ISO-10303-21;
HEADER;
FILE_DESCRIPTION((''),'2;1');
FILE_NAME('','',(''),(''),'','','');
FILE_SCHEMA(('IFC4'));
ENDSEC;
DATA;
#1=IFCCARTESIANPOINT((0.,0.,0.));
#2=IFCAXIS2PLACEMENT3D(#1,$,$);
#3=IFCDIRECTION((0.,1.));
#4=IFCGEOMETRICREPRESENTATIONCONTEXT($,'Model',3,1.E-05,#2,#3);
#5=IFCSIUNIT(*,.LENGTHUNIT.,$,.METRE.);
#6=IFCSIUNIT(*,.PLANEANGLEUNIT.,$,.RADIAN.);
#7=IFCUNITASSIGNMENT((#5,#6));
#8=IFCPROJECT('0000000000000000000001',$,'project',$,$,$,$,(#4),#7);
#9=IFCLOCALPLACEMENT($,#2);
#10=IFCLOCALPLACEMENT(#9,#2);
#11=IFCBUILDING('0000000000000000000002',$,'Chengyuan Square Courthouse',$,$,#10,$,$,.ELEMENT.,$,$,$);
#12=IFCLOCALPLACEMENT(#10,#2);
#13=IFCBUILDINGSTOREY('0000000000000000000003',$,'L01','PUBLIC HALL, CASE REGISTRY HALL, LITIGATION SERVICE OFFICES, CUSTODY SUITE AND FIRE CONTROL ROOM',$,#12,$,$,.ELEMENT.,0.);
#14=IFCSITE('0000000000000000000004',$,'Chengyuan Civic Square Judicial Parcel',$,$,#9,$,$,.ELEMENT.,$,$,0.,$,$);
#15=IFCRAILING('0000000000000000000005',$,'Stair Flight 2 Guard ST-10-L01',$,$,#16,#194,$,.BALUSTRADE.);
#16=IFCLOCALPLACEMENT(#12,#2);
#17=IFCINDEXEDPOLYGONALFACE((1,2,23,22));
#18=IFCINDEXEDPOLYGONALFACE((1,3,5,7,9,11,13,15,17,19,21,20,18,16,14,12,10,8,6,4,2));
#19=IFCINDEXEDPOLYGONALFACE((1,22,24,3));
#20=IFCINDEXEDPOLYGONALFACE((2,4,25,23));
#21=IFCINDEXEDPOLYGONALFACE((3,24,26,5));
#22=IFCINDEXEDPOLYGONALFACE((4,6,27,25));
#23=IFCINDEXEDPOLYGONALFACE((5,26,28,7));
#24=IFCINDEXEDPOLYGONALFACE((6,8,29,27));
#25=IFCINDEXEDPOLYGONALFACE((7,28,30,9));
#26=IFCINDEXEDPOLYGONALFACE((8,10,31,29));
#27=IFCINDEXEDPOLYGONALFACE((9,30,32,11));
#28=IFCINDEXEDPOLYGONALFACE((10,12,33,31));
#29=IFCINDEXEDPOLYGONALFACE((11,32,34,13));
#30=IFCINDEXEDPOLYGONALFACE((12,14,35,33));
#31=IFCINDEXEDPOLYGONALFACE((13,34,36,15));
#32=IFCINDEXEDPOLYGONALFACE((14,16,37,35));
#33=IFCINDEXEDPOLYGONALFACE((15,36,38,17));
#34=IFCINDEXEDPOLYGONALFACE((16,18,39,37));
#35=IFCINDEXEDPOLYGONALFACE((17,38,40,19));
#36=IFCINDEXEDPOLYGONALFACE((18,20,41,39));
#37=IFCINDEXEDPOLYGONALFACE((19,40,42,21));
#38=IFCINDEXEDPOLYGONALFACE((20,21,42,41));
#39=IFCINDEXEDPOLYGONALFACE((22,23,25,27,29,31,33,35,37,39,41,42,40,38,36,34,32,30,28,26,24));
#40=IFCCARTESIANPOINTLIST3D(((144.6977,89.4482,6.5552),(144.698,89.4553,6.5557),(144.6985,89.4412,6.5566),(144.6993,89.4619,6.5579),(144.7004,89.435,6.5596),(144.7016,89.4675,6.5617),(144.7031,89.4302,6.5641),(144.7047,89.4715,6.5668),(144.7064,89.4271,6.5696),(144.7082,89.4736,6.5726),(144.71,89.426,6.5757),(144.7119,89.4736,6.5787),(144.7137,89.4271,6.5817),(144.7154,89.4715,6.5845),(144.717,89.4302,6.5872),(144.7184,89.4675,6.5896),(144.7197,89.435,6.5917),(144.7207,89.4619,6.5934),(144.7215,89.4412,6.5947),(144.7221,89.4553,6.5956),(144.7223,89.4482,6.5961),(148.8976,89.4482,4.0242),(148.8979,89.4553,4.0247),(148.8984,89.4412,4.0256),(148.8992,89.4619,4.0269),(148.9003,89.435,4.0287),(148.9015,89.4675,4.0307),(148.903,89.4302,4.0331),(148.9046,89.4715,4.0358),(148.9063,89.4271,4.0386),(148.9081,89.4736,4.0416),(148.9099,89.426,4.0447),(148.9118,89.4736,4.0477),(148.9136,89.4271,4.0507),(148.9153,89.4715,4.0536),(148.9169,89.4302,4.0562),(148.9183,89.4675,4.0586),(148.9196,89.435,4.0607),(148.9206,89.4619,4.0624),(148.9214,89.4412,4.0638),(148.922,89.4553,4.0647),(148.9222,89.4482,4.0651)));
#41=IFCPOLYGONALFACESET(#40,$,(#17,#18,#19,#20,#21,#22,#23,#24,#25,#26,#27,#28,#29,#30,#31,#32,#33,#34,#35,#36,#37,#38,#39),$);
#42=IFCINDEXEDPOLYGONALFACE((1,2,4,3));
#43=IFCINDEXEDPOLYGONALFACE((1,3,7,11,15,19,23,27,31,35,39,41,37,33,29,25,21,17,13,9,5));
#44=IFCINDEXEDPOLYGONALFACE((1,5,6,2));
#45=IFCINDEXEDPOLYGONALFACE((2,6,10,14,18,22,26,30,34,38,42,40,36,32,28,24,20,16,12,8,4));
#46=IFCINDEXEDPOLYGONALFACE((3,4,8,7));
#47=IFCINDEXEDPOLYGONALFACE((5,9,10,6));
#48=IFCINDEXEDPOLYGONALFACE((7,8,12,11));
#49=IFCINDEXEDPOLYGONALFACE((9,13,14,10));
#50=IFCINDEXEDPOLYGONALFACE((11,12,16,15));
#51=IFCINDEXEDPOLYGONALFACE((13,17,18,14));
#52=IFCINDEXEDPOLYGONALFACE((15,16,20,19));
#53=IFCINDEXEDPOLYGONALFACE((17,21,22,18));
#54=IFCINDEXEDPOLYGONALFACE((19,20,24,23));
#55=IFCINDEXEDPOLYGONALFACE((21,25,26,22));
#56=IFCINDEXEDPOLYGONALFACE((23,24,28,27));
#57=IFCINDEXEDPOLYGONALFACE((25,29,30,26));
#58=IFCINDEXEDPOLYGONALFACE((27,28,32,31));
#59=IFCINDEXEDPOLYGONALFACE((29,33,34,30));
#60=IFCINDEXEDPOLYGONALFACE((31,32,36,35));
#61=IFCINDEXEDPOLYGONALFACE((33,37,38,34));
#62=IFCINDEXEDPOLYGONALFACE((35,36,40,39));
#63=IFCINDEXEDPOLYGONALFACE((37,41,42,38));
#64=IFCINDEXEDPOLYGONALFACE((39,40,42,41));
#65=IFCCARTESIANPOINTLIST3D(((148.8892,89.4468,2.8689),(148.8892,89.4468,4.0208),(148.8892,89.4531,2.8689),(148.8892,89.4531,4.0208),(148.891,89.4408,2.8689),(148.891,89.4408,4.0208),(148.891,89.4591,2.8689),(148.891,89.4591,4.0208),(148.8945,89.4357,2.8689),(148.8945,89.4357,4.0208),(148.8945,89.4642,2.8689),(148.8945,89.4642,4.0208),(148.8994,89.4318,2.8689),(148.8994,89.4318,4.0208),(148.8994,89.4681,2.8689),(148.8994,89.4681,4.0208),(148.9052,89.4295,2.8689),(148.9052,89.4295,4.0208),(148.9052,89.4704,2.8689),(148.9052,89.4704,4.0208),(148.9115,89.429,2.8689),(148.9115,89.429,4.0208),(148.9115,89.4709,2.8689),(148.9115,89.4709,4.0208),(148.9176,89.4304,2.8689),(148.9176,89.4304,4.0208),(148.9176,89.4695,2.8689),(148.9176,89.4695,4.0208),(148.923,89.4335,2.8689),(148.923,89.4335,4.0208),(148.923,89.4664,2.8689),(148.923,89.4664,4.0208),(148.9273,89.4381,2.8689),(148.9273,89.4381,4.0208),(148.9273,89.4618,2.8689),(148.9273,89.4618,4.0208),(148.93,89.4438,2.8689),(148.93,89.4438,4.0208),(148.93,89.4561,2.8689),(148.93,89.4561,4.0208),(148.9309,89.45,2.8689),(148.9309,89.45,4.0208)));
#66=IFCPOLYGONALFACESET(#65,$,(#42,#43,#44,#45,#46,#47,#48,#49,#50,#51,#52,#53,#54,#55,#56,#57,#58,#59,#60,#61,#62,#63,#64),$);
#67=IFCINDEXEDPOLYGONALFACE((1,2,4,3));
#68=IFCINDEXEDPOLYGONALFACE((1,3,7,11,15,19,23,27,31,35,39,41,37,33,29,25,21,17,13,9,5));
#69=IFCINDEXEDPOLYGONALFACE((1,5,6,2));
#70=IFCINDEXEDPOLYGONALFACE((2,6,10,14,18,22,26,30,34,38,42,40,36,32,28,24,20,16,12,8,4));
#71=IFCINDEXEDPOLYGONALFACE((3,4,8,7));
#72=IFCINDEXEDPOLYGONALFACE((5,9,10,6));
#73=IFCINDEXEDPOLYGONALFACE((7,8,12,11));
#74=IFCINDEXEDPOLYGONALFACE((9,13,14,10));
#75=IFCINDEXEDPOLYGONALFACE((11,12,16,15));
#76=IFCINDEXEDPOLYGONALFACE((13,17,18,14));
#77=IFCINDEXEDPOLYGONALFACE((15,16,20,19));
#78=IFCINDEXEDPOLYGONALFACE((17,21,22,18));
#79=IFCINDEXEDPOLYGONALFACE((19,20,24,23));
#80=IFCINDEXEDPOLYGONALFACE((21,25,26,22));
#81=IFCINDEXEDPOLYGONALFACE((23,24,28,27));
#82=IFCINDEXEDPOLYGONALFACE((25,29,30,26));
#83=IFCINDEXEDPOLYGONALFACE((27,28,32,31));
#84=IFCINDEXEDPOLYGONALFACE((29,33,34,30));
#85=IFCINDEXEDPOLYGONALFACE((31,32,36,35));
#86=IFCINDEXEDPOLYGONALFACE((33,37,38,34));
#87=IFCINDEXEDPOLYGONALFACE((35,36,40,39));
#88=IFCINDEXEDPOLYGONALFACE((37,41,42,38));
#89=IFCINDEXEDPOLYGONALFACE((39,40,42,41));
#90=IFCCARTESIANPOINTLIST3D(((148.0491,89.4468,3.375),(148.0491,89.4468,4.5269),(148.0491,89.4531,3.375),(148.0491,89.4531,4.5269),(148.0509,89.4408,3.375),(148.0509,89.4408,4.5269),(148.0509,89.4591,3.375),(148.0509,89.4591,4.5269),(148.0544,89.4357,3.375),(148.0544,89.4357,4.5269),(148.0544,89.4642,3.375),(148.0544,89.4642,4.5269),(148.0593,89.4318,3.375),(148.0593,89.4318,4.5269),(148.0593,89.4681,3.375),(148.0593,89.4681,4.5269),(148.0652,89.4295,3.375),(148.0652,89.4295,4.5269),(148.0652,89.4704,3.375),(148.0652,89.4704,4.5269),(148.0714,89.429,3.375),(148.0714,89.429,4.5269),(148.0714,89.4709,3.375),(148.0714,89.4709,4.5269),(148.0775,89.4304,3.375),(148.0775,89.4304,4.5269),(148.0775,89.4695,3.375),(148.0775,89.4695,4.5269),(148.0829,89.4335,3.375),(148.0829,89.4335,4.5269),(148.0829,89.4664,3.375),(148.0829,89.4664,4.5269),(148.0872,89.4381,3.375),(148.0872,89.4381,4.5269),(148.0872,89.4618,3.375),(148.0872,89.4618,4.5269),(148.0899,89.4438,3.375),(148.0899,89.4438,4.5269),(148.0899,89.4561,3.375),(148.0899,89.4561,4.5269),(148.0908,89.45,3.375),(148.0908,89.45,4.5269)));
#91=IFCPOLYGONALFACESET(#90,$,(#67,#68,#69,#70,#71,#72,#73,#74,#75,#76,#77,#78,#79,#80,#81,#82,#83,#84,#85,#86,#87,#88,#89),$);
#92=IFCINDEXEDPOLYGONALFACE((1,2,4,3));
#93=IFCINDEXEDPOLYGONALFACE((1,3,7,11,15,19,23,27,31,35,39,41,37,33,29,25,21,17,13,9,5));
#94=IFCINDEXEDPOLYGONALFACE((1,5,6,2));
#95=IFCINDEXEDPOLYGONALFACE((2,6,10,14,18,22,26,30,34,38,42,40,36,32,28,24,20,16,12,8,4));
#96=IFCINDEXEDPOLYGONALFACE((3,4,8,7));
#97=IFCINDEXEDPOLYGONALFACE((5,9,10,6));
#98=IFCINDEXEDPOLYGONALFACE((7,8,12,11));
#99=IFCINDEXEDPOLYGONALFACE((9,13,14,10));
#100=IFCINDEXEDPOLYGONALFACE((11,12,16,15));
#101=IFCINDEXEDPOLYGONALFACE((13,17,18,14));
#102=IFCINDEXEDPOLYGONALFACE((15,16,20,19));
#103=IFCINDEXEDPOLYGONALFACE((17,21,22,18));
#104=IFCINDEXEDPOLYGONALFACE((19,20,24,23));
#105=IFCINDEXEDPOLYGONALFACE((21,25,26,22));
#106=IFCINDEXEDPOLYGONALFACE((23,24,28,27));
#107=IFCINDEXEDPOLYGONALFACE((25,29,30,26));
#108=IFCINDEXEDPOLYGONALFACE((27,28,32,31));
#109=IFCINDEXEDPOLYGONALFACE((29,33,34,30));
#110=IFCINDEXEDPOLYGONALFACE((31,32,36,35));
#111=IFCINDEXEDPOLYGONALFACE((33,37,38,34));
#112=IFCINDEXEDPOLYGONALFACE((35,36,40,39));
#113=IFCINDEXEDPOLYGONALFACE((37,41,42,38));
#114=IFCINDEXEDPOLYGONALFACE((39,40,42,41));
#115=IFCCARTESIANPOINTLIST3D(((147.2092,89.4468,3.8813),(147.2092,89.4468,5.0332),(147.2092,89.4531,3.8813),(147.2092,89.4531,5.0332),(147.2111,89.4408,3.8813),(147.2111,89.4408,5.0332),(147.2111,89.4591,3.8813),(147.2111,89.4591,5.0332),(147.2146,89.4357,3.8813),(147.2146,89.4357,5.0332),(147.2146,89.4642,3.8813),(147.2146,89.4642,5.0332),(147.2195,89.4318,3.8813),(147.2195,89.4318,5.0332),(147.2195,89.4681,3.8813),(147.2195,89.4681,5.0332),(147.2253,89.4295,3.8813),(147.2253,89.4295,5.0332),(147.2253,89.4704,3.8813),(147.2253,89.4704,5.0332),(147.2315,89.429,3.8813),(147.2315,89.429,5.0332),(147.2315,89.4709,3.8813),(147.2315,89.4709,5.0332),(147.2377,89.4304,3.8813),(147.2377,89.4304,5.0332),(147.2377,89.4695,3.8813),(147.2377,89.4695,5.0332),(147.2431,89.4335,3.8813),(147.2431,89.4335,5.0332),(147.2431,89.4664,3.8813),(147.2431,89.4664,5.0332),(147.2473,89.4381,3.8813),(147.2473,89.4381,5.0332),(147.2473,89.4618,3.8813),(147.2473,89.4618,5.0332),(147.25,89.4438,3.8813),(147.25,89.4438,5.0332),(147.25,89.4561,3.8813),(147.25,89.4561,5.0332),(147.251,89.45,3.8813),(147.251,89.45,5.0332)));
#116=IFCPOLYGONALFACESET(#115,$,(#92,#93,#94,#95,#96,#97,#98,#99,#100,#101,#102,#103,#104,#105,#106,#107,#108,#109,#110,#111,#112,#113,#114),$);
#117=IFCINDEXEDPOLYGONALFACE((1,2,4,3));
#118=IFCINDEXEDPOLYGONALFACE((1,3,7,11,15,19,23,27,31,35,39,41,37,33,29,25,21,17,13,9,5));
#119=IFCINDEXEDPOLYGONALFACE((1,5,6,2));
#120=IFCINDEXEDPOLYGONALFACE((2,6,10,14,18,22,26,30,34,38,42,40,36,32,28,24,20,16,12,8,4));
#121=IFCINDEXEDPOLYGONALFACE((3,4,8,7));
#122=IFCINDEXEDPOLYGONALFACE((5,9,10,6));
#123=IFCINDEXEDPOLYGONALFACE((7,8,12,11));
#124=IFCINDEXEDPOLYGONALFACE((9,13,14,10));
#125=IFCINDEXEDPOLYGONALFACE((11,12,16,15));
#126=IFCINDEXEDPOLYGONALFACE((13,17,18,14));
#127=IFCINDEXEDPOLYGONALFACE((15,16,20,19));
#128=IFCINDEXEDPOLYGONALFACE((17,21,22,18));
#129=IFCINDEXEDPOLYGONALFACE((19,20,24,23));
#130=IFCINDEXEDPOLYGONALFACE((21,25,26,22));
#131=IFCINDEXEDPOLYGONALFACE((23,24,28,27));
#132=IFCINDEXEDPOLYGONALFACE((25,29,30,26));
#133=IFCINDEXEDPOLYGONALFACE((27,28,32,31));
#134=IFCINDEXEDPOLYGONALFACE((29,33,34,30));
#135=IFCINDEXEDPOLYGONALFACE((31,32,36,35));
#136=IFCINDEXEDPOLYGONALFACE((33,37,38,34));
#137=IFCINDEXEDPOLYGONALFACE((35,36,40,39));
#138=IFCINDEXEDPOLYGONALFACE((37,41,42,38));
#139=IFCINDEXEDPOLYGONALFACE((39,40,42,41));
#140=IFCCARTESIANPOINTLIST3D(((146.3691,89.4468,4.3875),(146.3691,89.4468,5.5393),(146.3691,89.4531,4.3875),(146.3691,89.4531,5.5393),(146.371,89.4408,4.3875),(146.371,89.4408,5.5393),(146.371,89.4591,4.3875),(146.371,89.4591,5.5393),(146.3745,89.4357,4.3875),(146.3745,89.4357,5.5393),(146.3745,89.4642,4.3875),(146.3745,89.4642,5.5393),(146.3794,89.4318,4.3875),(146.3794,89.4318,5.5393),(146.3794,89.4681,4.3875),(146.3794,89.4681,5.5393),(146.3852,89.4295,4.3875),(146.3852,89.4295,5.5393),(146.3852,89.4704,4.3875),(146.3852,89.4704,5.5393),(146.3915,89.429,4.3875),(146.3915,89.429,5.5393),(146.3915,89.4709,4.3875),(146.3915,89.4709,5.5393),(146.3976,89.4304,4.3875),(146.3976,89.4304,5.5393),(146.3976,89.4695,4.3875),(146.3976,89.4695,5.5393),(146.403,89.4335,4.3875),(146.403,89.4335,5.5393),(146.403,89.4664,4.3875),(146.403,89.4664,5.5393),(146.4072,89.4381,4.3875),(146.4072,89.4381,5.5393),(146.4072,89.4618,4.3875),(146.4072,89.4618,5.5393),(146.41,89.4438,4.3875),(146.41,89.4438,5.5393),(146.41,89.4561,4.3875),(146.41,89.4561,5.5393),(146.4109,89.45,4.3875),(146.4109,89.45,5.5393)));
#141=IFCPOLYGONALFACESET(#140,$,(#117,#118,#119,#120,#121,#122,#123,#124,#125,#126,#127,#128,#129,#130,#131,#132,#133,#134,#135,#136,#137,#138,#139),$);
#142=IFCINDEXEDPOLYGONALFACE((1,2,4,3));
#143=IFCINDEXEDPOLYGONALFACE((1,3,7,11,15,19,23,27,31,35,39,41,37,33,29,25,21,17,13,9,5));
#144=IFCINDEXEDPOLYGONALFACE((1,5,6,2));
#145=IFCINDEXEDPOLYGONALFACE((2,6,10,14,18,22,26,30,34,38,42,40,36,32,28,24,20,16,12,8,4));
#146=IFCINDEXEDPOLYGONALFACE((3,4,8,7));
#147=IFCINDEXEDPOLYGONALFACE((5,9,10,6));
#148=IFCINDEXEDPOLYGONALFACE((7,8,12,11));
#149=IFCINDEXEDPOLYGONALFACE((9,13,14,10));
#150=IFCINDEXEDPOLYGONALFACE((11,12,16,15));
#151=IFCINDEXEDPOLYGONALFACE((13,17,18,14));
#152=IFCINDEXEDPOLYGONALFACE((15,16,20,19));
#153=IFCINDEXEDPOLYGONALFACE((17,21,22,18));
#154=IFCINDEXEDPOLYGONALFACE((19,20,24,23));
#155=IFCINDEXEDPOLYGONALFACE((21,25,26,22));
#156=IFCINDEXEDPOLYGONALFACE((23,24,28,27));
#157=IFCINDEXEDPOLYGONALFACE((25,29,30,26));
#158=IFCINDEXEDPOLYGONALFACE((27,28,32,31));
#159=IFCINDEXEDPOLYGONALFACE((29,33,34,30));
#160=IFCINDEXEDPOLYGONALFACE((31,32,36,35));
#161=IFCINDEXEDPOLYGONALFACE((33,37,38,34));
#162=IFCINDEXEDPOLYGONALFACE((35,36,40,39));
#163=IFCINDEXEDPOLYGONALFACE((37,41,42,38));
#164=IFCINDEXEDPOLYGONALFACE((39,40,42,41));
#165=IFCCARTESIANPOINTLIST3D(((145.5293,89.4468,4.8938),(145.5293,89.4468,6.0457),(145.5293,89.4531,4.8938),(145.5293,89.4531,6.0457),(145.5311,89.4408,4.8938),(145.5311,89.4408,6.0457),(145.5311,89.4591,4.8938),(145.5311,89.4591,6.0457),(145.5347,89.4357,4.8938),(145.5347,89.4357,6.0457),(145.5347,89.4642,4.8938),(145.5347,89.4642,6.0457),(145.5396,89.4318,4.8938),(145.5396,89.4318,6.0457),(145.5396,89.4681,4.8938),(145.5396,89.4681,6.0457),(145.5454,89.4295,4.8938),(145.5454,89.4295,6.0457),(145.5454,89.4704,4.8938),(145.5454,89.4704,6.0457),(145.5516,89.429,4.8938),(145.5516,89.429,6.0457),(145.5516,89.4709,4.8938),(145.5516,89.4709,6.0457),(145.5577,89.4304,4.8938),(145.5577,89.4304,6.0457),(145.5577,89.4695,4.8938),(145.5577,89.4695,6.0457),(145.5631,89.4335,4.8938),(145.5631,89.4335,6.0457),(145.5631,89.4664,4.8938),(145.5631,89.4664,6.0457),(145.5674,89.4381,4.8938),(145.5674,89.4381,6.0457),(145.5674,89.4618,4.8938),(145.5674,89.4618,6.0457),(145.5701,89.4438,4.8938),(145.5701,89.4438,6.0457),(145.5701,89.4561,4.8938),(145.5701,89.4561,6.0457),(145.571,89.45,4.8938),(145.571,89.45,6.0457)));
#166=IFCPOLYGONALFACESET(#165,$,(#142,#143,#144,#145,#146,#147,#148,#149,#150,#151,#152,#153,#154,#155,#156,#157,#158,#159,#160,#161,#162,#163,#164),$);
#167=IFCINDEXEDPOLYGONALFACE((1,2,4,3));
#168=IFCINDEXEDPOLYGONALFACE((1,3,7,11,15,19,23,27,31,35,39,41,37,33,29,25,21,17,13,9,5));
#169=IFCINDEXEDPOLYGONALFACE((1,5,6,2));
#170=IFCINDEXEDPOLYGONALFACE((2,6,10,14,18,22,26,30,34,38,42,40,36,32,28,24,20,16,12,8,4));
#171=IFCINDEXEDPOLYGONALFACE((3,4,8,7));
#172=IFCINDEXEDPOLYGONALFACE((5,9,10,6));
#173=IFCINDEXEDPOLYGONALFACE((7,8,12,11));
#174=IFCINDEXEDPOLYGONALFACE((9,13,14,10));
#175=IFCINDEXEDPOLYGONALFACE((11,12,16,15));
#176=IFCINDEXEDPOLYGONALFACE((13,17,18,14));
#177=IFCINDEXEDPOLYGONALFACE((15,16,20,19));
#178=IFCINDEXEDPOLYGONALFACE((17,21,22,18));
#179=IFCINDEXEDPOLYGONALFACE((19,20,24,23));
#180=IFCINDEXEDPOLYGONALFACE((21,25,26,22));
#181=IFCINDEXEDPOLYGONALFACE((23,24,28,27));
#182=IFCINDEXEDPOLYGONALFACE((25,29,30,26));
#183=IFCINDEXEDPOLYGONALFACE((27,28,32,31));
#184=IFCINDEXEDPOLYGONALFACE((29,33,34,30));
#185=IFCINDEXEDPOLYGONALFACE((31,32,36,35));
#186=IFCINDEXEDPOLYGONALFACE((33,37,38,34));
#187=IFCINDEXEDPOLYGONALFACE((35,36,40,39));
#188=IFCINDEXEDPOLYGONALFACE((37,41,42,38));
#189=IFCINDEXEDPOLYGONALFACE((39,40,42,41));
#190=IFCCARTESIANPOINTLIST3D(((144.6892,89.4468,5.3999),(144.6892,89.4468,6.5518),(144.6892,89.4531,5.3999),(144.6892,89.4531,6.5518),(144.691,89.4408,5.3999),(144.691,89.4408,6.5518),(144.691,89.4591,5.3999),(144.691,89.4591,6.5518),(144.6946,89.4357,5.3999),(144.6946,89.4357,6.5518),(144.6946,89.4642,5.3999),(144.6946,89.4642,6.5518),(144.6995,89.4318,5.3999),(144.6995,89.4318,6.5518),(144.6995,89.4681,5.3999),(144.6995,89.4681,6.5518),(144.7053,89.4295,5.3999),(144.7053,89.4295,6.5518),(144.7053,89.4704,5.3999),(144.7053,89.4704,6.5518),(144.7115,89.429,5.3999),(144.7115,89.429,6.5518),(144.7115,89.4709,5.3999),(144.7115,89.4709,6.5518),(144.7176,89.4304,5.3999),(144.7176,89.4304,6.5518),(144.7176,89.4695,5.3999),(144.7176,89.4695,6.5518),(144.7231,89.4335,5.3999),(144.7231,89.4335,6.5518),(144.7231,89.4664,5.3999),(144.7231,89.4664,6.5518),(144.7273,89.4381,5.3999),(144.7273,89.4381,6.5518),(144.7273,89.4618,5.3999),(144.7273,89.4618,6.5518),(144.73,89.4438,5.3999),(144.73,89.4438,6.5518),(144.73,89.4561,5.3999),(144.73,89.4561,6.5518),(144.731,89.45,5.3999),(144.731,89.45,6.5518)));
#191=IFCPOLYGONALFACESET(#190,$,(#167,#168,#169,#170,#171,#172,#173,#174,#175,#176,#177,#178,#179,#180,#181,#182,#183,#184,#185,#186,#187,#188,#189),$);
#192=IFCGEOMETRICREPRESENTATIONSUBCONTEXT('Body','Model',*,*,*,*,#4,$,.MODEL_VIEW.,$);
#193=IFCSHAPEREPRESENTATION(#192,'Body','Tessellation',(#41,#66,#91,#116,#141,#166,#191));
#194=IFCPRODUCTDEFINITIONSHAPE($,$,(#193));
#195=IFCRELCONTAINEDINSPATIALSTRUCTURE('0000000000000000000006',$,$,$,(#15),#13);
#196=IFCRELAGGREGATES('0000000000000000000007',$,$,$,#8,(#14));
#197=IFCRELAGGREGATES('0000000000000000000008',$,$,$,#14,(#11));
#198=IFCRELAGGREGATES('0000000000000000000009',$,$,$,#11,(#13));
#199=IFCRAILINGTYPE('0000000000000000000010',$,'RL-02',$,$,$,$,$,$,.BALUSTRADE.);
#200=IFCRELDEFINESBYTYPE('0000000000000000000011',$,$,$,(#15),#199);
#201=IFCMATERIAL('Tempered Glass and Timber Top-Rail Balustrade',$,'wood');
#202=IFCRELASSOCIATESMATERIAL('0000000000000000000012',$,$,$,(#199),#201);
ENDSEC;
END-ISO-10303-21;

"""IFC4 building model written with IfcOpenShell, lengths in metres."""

from ifc_helpers import new_model, si_unit, direction, frame, origin, origin_2d, place, context, subcontext, project, spatial, circle, extrude, material, type_object, element, save


model = new_model("IFC4")

# Units and contexts
model_context = context("Model", 3, precision=1e-05, world=origin(), true_north=direction((0.0, 1.0)))
body_context = subcontext(model_context, "Body", "Model", "MODEL_VIEW")
ifc_project = project(units=[si_unit("LENGTHUNIT", "METRE"), si_unit("PLANEANGLEUNIT", "RADIAN")], contexts=[model_context])

# Site, building, storey
site_placement = place(None, origin())
site = spatial("IfcSite", under=ifc_project, at=site_placement, Name="Chengyuan Civic Square Judicial Parcel", CompositionType="ELEMENT", RefElevation=0.0)
building_placement = place(site_placement, origin())
building = spatial("IfcBuilding", under=site, at=building_placement, Name="Chengyuan Square Courthouse", CompositionType="ELEMENT")
storey_placement = place(building_placement, origin())
storey = spatial("IfcBuildingStorey", under=building, at=storey_placement, Name="L01", Description="PUBLIC HALL, CASE REGISTRY HALL, LITIGATION SERVICE OFFICES, CUSTODY SUITE AND FIRE CONTROL ROOM", CompositionType="ELEMENT", Elevation=0.0)

# Railing
ifc_material_1 = material(Name="Tempered Glass and Timber Top-Rail Balustrade", Category="wood")
railing_type_1 = type_object("IfcRailingType", Name="RL-02", PredefinedType="BALUSTRADE", material=ifc_material_1)
railing_1_placement = place(storey_placement, frame((148.9099, 89.45, 2.8689)))
element("IfcRailing", 1, at=railing_1_placement, inside=storey, type_object=railing_type_1, Name="Stair Flight 2 Guard ST-10-L01", PredefinedType="BALUSTRADE", context=body_context, shape_type="SweptSolid", body=[
    extrude(circle(Radius=0.0239, at=origin_2d()), frame((0.0, 0.0, 1.1758), z_axis=(-0.856499, 0.0, 0.51615), x_axis=(0.0, -1.0, 0.0)), (0.0, 0.0, 1.0), 4.9036),
    extrude(circle(Radius=0.021, at=origin_2d()), origin(), (0.0, 0.0, 1.0), 1.1519),
    extrude(circle(Radius=0.021, at=origin_2d()), frame((-0.8401, 0.0, 0.5061)), (0.0, 0.0, 1.0), 1.1519),
    extrude(circle(Radius=0.021, at=origin_2d()), frame((-1.6799, 0.0, 1.0125)), (0.0, 0.0, 1.0), 1.1519),
    extrude(circle(Radius=0.021, at=origin_2d()), frame((-2.52, 0.0, 1.5186)), (0.0, 0.0, 1.0), 1.1519),
    extrude(circle(Radius=0.021, at=origin_2d()), frame((-3.3599, 0.0, 2.0249)), (0.0, 0.0, 1.0), 1.1519),
    extrude(circle(Radius=0.021, at=origin_2d()), frame((-4.2, 0.0, 2.531)), (0.0, 0.0, 1.0), 1.1519),
])

save(model, "model.ifc")
